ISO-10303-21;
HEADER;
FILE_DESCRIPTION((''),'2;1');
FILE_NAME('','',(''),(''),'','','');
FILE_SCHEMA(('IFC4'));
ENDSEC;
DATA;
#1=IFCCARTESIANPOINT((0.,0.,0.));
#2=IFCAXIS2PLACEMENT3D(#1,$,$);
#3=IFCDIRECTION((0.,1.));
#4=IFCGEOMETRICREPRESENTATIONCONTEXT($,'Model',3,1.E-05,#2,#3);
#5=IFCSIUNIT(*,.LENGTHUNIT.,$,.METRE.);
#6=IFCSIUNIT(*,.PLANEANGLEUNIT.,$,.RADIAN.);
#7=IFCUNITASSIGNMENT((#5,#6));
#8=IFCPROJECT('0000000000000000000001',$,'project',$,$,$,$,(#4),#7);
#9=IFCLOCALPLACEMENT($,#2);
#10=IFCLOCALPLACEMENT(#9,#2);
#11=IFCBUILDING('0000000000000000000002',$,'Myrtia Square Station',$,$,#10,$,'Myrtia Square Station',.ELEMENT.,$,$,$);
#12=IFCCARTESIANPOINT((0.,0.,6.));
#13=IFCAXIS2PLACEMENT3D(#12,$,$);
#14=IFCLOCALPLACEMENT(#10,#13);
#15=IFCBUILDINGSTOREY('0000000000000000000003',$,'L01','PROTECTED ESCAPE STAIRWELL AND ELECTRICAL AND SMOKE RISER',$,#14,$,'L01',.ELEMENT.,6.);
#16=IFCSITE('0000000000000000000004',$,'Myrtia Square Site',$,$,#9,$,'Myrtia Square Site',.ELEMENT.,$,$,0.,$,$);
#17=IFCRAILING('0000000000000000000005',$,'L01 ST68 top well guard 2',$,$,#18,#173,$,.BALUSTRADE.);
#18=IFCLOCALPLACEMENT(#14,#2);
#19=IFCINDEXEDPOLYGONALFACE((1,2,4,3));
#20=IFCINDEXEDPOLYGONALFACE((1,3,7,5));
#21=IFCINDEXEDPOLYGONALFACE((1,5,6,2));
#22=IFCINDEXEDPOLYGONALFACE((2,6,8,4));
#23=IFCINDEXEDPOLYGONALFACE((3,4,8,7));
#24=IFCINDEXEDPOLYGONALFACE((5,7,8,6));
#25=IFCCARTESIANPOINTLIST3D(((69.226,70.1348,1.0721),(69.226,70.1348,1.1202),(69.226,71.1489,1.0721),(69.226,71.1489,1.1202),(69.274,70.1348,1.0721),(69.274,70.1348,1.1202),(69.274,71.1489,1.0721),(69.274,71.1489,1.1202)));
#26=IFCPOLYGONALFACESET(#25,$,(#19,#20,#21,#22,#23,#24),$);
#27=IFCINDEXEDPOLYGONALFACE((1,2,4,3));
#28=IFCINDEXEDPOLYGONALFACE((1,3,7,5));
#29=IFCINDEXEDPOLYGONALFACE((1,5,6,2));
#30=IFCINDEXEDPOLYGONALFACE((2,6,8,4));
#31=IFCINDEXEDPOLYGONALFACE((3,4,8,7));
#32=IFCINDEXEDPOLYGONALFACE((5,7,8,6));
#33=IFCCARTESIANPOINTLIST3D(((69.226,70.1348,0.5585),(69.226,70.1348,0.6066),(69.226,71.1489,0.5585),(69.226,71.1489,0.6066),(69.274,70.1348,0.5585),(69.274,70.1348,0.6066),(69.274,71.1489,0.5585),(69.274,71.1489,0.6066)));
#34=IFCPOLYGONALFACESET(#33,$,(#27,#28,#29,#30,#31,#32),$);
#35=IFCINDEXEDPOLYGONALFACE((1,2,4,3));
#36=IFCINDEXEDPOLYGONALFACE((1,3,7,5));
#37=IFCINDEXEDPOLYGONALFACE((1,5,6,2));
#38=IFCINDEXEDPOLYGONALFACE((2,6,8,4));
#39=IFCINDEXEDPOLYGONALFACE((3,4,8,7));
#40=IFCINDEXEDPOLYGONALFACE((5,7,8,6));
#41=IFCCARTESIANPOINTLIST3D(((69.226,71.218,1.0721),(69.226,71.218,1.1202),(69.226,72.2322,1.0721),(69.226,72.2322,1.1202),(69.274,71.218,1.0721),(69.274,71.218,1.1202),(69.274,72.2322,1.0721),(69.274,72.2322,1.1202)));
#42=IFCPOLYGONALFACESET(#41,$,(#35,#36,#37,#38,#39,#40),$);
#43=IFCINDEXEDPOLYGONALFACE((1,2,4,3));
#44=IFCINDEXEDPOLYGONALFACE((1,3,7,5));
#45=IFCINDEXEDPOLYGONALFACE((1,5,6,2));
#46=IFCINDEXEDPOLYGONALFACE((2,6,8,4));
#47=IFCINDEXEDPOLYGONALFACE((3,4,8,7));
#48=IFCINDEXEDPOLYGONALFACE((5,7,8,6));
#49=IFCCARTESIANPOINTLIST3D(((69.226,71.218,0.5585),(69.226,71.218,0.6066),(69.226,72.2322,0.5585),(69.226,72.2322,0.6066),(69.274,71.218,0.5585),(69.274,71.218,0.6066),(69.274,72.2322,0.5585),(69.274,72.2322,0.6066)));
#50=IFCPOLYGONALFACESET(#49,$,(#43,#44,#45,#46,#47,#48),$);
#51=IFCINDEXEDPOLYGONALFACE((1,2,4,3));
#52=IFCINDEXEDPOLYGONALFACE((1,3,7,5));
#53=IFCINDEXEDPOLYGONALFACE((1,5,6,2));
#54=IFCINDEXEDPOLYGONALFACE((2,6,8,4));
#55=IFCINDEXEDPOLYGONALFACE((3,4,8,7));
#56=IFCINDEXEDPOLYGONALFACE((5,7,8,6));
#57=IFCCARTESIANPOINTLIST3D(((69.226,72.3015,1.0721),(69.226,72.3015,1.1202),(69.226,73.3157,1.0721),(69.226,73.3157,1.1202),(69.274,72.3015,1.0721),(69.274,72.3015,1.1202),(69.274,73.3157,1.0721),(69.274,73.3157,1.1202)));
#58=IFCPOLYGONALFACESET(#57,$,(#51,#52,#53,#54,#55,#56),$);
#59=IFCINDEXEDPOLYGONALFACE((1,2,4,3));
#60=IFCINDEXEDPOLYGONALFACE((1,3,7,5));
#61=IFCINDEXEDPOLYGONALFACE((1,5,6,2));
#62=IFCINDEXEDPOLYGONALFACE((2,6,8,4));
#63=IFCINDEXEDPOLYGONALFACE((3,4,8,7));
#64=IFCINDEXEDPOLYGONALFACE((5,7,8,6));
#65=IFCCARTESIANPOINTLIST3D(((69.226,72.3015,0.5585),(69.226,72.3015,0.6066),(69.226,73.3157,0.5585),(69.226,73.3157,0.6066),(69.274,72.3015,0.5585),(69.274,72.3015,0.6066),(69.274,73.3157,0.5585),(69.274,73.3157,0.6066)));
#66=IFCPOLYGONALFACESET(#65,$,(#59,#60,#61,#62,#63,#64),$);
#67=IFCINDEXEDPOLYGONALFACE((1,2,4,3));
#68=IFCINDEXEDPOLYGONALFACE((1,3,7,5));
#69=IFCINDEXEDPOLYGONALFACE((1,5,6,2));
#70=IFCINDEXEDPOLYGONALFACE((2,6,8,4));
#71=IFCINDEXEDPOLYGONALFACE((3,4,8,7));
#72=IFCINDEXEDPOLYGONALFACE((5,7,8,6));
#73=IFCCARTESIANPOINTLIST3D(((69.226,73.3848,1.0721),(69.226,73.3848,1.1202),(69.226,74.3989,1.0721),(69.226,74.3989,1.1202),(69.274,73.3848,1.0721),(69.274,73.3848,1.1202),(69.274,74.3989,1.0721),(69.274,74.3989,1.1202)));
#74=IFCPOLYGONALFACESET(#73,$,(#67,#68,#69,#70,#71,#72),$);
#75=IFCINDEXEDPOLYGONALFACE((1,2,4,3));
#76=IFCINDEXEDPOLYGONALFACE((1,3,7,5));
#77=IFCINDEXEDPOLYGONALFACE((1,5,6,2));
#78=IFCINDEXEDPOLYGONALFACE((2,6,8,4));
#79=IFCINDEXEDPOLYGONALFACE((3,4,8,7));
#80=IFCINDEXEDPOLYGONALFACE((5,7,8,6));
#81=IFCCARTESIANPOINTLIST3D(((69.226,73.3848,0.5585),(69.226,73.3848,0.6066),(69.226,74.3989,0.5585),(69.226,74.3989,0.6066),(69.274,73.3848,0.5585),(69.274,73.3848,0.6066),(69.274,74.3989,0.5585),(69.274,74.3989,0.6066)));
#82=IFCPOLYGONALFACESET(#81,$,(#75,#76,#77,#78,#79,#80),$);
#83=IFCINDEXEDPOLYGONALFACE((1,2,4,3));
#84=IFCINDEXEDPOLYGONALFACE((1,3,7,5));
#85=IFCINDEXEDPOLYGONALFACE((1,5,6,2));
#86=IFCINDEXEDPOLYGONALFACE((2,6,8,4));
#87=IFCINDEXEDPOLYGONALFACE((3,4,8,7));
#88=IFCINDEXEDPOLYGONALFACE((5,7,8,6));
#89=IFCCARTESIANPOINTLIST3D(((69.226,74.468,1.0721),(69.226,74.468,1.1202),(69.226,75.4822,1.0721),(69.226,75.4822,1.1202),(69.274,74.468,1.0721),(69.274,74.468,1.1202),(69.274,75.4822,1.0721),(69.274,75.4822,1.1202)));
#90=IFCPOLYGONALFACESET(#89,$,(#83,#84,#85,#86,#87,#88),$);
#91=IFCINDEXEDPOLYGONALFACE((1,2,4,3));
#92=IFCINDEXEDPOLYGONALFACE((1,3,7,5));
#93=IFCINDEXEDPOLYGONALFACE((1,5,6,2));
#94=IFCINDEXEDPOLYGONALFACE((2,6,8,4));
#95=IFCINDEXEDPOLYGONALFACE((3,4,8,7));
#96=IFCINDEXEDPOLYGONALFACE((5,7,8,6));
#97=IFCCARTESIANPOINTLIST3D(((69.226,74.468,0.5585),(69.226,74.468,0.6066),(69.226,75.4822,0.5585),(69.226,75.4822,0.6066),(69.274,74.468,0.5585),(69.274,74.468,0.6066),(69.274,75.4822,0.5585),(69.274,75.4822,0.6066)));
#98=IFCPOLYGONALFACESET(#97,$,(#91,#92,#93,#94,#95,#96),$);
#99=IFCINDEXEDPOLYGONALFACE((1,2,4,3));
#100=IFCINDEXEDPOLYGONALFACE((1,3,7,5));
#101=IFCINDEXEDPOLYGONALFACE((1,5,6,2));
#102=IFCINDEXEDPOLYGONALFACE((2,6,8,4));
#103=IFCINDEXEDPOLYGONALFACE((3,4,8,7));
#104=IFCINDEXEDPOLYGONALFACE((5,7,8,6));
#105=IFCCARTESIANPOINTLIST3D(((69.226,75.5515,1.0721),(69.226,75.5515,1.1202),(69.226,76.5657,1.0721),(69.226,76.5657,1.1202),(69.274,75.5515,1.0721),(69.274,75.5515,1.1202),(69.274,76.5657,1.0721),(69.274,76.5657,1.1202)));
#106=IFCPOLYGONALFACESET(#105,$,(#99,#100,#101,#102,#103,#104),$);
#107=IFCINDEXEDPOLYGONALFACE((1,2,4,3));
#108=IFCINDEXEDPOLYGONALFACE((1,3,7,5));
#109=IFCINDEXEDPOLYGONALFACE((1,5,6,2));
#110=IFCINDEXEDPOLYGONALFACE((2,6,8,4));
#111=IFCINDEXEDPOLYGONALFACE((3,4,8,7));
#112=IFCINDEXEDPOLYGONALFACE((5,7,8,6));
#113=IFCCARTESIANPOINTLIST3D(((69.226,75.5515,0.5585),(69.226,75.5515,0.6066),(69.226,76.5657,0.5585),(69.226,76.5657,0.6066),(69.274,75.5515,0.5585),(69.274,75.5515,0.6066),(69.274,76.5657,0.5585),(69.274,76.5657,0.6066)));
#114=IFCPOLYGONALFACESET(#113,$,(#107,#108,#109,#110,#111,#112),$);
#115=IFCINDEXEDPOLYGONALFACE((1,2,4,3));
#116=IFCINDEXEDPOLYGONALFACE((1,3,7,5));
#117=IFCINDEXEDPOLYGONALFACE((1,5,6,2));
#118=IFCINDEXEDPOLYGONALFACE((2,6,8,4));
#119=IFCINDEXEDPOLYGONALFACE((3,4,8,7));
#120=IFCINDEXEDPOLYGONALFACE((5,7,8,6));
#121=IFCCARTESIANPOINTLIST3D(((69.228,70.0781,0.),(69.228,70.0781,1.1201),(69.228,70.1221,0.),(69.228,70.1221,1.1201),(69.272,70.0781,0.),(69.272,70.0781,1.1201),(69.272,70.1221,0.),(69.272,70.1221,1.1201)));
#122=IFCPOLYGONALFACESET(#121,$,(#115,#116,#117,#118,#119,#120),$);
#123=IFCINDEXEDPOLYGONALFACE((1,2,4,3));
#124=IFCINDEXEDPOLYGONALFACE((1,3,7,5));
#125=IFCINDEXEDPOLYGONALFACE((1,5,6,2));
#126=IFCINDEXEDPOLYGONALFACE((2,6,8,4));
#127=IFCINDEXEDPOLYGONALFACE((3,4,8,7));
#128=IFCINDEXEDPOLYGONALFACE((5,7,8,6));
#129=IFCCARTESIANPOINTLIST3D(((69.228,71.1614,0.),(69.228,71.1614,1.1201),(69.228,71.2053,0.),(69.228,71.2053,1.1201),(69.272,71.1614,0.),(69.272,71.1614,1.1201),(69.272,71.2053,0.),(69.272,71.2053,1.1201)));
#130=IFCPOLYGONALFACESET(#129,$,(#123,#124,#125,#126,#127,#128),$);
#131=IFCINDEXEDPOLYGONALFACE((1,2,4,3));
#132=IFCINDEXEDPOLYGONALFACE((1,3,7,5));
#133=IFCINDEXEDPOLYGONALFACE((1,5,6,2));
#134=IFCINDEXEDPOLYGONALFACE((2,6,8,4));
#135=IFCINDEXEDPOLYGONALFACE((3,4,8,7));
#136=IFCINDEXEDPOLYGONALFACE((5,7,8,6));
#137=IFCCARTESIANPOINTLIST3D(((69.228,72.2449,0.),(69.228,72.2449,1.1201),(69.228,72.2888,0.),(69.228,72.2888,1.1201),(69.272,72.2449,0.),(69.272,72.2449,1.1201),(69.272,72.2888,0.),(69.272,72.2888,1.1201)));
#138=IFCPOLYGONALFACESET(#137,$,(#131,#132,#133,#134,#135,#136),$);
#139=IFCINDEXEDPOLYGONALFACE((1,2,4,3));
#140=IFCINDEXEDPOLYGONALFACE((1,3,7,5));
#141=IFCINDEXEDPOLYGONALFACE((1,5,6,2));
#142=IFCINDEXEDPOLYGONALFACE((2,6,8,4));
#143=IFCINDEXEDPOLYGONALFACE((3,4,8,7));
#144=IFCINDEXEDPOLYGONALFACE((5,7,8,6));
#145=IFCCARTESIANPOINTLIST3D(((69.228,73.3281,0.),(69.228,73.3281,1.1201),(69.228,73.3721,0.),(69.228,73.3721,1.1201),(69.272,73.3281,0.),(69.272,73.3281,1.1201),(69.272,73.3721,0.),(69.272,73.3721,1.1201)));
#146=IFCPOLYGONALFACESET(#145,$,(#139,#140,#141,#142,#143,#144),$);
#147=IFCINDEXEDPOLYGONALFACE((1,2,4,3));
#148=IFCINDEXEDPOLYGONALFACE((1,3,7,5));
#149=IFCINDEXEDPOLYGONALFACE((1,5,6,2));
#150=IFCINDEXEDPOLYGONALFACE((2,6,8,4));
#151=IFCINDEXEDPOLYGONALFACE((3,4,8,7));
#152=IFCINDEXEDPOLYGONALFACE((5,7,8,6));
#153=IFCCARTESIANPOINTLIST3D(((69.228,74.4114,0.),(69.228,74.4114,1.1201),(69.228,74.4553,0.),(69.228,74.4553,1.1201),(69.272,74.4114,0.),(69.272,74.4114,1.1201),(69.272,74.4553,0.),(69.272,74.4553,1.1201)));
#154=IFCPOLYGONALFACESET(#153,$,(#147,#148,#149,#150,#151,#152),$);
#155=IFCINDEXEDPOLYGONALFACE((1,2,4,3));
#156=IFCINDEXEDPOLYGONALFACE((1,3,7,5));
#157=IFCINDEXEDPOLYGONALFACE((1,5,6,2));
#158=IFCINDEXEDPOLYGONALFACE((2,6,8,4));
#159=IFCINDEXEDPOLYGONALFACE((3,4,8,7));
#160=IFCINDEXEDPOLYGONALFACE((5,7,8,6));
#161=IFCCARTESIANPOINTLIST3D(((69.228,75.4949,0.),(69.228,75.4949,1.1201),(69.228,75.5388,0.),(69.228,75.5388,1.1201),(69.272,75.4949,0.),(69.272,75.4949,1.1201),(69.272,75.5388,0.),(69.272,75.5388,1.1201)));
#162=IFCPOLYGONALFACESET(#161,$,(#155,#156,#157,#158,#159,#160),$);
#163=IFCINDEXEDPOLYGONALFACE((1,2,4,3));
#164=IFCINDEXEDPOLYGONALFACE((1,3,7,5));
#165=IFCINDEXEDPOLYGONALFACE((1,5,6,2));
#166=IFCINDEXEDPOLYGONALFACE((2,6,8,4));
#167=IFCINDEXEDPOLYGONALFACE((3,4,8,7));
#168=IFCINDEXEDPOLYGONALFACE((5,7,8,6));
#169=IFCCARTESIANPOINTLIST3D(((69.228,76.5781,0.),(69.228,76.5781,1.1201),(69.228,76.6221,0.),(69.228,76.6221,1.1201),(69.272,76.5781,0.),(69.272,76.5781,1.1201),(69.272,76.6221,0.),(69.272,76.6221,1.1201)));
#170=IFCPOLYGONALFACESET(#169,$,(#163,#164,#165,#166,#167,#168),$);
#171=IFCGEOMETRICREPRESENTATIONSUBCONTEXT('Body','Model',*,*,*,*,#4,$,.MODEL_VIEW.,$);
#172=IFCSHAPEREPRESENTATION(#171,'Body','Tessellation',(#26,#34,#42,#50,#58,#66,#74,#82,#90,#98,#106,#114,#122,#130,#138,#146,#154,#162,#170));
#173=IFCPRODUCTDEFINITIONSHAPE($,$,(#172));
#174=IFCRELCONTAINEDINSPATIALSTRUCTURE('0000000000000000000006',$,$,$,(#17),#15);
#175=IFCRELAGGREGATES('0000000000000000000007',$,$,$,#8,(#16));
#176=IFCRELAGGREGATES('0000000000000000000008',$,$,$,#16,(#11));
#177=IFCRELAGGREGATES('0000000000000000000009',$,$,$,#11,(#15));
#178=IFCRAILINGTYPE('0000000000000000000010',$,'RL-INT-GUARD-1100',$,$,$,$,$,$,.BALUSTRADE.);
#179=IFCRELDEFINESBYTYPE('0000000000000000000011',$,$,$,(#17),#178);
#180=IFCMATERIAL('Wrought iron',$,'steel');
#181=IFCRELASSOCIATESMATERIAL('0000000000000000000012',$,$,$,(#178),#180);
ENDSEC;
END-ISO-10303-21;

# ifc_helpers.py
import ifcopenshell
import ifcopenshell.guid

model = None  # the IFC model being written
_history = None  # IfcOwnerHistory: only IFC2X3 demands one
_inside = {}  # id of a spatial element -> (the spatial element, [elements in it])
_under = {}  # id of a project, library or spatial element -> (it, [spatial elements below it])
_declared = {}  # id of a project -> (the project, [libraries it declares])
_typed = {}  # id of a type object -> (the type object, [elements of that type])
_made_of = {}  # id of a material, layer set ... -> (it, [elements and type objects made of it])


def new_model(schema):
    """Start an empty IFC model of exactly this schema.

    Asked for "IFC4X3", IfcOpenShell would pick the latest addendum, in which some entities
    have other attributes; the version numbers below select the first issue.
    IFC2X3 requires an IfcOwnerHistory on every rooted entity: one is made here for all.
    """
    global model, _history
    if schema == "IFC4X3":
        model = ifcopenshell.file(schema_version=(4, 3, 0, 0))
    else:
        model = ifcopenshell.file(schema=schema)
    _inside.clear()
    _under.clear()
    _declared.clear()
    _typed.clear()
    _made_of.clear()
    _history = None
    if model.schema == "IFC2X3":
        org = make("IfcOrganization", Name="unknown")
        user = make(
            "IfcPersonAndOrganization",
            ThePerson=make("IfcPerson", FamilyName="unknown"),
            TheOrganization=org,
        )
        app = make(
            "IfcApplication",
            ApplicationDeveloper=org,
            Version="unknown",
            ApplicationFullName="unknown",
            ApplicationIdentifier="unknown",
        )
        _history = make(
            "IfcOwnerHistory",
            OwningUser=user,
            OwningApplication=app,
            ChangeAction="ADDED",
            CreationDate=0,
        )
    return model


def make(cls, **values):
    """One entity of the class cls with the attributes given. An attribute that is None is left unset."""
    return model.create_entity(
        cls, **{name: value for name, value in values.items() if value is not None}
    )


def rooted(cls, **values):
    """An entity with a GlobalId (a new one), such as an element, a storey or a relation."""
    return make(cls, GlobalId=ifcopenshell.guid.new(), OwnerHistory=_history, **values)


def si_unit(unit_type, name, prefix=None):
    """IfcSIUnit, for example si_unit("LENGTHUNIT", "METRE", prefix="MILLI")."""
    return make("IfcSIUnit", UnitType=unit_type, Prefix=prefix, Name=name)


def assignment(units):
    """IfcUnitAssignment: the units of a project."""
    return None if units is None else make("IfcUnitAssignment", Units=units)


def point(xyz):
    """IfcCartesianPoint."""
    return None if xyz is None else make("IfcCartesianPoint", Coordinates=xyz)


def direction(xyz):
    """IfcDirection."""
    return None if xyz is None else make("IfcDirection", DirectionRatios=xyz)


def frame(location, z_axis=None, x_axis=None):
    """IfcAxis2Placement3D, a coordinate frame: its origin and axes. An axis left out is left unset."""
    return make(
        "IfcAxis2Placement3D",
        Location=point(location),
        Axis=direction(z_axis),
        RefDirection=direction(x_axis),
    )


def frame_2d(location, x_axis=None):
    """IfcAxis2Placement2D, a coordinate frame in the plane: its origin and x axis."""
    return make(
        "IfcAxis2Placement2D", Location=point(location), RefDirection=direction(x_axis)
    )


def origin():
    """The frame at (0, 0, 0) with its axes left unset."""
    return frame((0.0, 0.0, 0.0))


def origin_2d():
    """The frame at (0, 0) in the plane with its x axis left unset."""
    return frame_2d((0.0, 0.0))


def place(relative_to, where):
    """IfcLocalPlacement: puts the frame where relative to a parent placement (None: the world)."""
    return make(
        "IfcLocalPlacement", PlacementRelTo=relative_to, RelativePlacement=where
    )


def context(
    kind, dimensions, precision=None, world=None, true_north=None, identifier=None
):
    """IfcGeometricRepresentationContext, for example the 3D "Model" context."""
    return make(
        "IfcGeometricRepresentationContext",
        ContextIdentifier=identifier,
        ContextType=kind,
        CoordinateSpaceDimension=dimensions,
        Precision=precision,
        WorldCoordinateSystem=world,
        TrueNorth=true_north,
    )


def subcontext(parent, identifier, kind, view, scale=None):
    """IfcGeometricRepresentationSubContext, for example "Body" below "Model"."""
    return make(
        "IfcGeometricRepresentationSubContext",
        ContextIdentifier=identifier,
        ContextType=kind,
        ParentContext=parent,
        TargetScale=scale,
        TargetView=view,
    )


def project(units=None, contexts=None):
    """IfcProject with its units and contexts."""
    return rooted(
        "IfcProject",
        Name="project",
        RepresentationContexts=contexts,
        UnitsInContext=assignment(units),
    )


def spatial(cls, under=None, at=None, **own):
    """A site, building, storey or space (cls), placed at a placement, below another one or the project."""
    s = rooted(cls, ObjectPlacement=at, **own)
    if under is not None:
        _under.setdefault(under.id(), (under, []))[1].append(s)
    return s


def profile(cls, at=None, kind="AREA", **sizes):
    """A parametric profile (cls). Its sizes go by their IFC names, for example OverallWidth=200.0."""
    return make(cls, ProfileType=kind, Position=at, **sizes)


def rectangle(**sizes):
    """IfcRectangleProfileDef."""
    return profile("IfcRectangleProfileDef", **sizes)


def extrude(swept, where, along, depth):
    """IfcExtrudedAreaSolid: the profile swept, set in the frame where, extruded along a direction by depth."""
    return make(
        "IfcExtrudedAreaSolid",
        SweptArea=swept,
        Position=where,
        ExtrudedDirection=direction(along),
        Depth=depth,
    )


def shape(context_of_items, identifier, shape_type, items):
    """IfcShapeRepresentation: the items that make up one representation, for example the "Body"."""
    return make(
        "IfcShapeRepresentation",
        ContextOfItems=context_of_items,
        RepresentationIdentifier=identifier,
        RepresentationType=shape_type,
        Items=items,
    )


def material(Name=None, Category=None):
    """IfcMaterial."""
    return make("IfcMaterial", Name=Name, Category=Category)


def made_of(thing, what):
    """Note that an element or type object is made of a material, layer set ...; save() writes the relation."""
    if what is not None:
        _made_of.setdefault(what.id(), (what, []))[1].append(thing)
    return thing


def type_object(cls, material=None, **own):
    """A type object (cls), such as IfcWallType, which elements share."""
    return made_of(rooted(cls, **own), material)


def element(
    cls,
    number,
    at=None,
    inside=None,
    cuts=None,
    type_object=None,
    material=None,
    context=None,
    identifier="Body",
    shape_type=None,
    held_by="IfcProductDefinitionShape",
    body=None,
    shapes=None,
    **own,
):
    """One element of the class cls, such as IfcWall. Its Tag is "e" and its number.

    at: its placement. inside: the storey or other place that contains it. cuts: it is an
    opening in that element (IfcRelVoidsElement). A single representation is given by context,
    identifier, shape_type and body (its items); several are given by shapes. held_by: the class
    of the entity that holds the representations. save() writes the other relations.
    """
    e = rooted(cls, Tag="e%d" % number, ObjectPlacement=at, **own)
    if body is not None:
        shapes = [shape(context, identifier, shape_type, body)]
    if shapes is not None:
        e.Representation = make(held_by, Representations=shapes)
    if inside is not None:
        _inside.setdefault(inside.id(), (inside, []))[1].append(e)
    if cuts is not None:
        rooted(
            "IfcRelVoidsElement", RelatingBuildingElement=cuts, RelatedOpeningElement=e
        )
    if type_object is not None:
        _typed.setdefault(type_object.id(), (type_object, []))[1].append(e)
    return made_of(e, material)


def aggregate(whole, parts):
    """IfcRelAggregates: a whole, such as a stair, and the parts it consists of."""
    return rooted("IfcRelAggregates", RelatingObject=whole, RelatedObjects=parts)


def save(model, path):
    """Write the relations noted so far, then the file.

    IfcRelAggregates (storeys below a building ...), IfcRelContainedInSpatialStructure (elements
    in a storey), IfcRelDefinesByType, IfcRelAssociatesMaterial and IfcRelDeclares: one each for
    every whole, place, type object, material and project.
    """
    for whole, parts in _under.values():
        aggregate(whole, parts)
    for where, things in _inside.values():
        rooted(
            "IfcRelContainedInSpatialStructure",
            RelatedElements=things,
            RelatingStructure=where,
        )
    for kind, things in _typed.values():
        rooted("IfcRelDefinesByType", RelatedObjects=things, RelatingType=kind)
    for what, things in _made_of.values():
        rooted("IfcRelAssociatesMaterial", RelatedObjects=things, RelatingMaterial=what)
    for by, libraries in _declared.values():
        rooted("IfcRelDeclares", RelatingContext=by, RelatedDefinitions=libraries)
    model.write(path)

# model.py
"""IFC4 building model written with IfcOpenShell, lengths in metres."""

from ifc_helpers import new_model, si_unit, direction, frame, origin, origin_2d, place, context, subcontext, project, spatial, rectangle, extrude, material, type_object, element, save


model = new_model("IFC4")

# Units and contexts
model_context = context("Model", 3, precision=1e-05, world=origin(), true_north=direction((0.0, 1.0)))
body_context = subcontext(model_context, "Body", "Model", "MODEL_VIEW")
ifc_project = project(units=[si_unit("LENGTHUNIT", "METRE"), si_unit("PLANEANGLEUNIT", "RADIAN")], contexts=[model_context])

# Site, building, storey
site_placement = place(None, origin())
site = spatial("IfcSite", under=ifc_project, at=site_placement, Name="Myrtia Square Site", LongName="Myrtia Square Site", CompositionType="ELEMENT", RefElevation=0.0)
building_placement = place(site_placement, origin())
building = spatial("IfcBuilding", under=site, at=building_placement, Name="Myrtia Square Station", LongName="Myrtia Square Station", CompositionType="ELEMENT")
storey_placement = place(building_placement, frame((0.0, 0.0, 6.0)))
storey = spatial("IfcBuildingStorey", under=building, at=storey_placement, Name="L01", Description="PROTECTED ESCAPE STAIRWELL AND ELECTRICAL AND SMOKE RISER", LongName="L01", CompositionType="ELEMENT", Elevation=6.0)

# Railing
ifc_material_1 = material(Name="Wrought iron", Category="steel")
railing_type = type_object("IfcRailingType", Name="RL-INT-GUARD-1100", PredefinedType="BALUSTRADE", material=ifc_material_1)
railing_1_placement = place(storey_placement, frame((69.25, 70.1001, 0.0)))
element("IfcRailing", 1, at=railing_1_placement, inside=storey, type_object=railing_type, Name="L01 ST68 top well guard 2", PredefinedType="BALUSTRADE", context=body_context, shape_type="SweptSolid", body=[
    extrude(rectangle(XDim=0.0481, YDim=0.0481, at=origin_2d()), frame((0.0, 0.0347, 1.0962), z_axis=(0.0, 1.0, 0.0), x_axis=(-1.0, 0.0, 0.0)), (0.0, 0.0, 1.0), 1.0142),
    extrude(rectangle(XDim=0.0481, YDim=0.0481, at=origin_2d()), frame((0.0, 0.0347, 0.5825), z_axis=(0.0, 1.0, 0.0), x_axis=(-1.0, 0.0, 0.0)), (0.0, 0.0, 1.0), 1.0142),
    extrude(rectangle(XDim=0.0481, YDim=0.0481, at=origin_2d()), frame((0.0, 1.1179, 1.0962), z_axis=(0.0, 1.0, 0.0), x_axis=(-1.0, 0.0, 0.0)), (0.0, 0.0, 1.0), 1.0142),
    extrude(rectangle(XDim=0.0481, YDim=0.0481, at=origin_2d()), frame((0.0, 1.1179, 0.5825), z_axis=(0.0, 1.0, 0.0), x_axis=(-1.0, 0.0, 0.0)), (0.0, 0.0, 1.0), 1.0142),
    extrude(rectangle(XDim=0.0481, YDim=0.0481, at=origin_2d()), frame((0.0, 2.2014, 1.0962), z_axis=(0.0, 1.0, 0.0), x_axis=(-1.0, 0.0, 0.0)), (0.0, 0.0, 1.0), 1.0142),
    extrude(rectangle(XDim=0.0481, YDim=0.0481, at=origin_2d()), frame((0.0, 2.2014, 0.5825), z_axis=(0.0, 1.0, 0.0), x_axis=(-1.0, 0.0, 0.0)), (0.0, 0.0, 1.0), 1.0142),
    extrude(rectangle(XDim=0.0481, YDim=0.0481, at=origin_2d()), frame((0.0, 3.2847, 1.0962), z_axis=(0.0, 1.0, 0.0), x_axis=(-1.0, 0.0, 0.0)), (0.0, 0.0, 1.0), 1.0142),
    extrude(rectangle(XDim=0.0481, YDim=0.0481, at=origin_2d()), frame((0.0, 3.2847, 0.5825), z_axis=(0.0, 1.0, 0.0), x_axis=(-1.0, 0.0, 0.0)), (0.0, 0.0, 1.0), 1.0142),
    extrude(rectangle(XDim=0.0481, YDim=0.0481, at=origin_2d()), frame((0.0, 4.3679, 1.0962), z_axis=(0.0, 1.0, 0.0), x_axis=(-1.0, 0.0, 0.0)), (0.0, 0.0, 1.0), 1.0142),
    extrude(rectangle(XDim=0.0481, YDim=0.0481, at=origin_2d()), frame((0.0, 4.3679, 0.5825), z_axis=(0.0, 1.0, 0.0), x_axis=(-1.0, 0.0, 0.0)), (0.0, 0.0, 1.0), 1.0142),
    extrude(rectangle(XDim=0.0481, YDim=0.0481, at=origin_2d()), frame((0.0, 5.4514, 1.0962), z_axis=(0.0, 1.0, 0.0), x_axis=(-1.0, 0.0, 0.0)), (0.0, 0.0, 1.0), 1.0142),
    extrude(rectangle(XDim=0.0481, YDim=0.0481, at=origin_2d()), frame((0.0, 5.4514, 0.5825), z_axis=(0.0, 1.0, 0.0), x_axis=(-1.0, 0.0, 0.0)), (0.0, 0.0, 1.0), 1.0142),
    extrude(rectangle(XDim=0.0439, YDim=0.0439, at=origin_2d()), origin(), (0.0, 0.0, 1.0), 1.1201),
    extrude(rectangle(XDim=0.0439, YDim=0.0439, at=origin_2d()), frame((0.0, 1.0833, 0.0)), (0.0, 0.0, 1.0), 1.1201),
    extrude(rectangle(XDim=0.0439, YDim=0.0439, at=origin_2d()), frame((0.0, 2.1667, 0.0)), (0.0, 0.0, 1.0), 1.1201),
    extrude(rectangle(XDim=0.0439, YDim=0.0439, at=origin_2d()), frame((0.0, 3.25, 0.0)), (0.0, 0.0, 1.0), 1.1201),
    extrude(rectangle(XDim=0.0439, YDim=0.0439, at=origin_2d()), frame((0.0, 4.3333, 0.0)), (0.0, 0.0, 1.0), 1.1201),
    extrude(rectangle(XDim=0.0439, YDim=0.0439, at=origin_2d()), frame((0.0, 5.4167, 0.0)), (0.0, 0.0, 1.0), 1.1201),
    extrude(rectangle(XDim=0.0439, YDim=0.0439, at=origin_2d()), frame((0.0, 6.5, 0.0)), (0.0, 0.0, 1.0), 1.1201),
])

save(model, "model.ifc")
